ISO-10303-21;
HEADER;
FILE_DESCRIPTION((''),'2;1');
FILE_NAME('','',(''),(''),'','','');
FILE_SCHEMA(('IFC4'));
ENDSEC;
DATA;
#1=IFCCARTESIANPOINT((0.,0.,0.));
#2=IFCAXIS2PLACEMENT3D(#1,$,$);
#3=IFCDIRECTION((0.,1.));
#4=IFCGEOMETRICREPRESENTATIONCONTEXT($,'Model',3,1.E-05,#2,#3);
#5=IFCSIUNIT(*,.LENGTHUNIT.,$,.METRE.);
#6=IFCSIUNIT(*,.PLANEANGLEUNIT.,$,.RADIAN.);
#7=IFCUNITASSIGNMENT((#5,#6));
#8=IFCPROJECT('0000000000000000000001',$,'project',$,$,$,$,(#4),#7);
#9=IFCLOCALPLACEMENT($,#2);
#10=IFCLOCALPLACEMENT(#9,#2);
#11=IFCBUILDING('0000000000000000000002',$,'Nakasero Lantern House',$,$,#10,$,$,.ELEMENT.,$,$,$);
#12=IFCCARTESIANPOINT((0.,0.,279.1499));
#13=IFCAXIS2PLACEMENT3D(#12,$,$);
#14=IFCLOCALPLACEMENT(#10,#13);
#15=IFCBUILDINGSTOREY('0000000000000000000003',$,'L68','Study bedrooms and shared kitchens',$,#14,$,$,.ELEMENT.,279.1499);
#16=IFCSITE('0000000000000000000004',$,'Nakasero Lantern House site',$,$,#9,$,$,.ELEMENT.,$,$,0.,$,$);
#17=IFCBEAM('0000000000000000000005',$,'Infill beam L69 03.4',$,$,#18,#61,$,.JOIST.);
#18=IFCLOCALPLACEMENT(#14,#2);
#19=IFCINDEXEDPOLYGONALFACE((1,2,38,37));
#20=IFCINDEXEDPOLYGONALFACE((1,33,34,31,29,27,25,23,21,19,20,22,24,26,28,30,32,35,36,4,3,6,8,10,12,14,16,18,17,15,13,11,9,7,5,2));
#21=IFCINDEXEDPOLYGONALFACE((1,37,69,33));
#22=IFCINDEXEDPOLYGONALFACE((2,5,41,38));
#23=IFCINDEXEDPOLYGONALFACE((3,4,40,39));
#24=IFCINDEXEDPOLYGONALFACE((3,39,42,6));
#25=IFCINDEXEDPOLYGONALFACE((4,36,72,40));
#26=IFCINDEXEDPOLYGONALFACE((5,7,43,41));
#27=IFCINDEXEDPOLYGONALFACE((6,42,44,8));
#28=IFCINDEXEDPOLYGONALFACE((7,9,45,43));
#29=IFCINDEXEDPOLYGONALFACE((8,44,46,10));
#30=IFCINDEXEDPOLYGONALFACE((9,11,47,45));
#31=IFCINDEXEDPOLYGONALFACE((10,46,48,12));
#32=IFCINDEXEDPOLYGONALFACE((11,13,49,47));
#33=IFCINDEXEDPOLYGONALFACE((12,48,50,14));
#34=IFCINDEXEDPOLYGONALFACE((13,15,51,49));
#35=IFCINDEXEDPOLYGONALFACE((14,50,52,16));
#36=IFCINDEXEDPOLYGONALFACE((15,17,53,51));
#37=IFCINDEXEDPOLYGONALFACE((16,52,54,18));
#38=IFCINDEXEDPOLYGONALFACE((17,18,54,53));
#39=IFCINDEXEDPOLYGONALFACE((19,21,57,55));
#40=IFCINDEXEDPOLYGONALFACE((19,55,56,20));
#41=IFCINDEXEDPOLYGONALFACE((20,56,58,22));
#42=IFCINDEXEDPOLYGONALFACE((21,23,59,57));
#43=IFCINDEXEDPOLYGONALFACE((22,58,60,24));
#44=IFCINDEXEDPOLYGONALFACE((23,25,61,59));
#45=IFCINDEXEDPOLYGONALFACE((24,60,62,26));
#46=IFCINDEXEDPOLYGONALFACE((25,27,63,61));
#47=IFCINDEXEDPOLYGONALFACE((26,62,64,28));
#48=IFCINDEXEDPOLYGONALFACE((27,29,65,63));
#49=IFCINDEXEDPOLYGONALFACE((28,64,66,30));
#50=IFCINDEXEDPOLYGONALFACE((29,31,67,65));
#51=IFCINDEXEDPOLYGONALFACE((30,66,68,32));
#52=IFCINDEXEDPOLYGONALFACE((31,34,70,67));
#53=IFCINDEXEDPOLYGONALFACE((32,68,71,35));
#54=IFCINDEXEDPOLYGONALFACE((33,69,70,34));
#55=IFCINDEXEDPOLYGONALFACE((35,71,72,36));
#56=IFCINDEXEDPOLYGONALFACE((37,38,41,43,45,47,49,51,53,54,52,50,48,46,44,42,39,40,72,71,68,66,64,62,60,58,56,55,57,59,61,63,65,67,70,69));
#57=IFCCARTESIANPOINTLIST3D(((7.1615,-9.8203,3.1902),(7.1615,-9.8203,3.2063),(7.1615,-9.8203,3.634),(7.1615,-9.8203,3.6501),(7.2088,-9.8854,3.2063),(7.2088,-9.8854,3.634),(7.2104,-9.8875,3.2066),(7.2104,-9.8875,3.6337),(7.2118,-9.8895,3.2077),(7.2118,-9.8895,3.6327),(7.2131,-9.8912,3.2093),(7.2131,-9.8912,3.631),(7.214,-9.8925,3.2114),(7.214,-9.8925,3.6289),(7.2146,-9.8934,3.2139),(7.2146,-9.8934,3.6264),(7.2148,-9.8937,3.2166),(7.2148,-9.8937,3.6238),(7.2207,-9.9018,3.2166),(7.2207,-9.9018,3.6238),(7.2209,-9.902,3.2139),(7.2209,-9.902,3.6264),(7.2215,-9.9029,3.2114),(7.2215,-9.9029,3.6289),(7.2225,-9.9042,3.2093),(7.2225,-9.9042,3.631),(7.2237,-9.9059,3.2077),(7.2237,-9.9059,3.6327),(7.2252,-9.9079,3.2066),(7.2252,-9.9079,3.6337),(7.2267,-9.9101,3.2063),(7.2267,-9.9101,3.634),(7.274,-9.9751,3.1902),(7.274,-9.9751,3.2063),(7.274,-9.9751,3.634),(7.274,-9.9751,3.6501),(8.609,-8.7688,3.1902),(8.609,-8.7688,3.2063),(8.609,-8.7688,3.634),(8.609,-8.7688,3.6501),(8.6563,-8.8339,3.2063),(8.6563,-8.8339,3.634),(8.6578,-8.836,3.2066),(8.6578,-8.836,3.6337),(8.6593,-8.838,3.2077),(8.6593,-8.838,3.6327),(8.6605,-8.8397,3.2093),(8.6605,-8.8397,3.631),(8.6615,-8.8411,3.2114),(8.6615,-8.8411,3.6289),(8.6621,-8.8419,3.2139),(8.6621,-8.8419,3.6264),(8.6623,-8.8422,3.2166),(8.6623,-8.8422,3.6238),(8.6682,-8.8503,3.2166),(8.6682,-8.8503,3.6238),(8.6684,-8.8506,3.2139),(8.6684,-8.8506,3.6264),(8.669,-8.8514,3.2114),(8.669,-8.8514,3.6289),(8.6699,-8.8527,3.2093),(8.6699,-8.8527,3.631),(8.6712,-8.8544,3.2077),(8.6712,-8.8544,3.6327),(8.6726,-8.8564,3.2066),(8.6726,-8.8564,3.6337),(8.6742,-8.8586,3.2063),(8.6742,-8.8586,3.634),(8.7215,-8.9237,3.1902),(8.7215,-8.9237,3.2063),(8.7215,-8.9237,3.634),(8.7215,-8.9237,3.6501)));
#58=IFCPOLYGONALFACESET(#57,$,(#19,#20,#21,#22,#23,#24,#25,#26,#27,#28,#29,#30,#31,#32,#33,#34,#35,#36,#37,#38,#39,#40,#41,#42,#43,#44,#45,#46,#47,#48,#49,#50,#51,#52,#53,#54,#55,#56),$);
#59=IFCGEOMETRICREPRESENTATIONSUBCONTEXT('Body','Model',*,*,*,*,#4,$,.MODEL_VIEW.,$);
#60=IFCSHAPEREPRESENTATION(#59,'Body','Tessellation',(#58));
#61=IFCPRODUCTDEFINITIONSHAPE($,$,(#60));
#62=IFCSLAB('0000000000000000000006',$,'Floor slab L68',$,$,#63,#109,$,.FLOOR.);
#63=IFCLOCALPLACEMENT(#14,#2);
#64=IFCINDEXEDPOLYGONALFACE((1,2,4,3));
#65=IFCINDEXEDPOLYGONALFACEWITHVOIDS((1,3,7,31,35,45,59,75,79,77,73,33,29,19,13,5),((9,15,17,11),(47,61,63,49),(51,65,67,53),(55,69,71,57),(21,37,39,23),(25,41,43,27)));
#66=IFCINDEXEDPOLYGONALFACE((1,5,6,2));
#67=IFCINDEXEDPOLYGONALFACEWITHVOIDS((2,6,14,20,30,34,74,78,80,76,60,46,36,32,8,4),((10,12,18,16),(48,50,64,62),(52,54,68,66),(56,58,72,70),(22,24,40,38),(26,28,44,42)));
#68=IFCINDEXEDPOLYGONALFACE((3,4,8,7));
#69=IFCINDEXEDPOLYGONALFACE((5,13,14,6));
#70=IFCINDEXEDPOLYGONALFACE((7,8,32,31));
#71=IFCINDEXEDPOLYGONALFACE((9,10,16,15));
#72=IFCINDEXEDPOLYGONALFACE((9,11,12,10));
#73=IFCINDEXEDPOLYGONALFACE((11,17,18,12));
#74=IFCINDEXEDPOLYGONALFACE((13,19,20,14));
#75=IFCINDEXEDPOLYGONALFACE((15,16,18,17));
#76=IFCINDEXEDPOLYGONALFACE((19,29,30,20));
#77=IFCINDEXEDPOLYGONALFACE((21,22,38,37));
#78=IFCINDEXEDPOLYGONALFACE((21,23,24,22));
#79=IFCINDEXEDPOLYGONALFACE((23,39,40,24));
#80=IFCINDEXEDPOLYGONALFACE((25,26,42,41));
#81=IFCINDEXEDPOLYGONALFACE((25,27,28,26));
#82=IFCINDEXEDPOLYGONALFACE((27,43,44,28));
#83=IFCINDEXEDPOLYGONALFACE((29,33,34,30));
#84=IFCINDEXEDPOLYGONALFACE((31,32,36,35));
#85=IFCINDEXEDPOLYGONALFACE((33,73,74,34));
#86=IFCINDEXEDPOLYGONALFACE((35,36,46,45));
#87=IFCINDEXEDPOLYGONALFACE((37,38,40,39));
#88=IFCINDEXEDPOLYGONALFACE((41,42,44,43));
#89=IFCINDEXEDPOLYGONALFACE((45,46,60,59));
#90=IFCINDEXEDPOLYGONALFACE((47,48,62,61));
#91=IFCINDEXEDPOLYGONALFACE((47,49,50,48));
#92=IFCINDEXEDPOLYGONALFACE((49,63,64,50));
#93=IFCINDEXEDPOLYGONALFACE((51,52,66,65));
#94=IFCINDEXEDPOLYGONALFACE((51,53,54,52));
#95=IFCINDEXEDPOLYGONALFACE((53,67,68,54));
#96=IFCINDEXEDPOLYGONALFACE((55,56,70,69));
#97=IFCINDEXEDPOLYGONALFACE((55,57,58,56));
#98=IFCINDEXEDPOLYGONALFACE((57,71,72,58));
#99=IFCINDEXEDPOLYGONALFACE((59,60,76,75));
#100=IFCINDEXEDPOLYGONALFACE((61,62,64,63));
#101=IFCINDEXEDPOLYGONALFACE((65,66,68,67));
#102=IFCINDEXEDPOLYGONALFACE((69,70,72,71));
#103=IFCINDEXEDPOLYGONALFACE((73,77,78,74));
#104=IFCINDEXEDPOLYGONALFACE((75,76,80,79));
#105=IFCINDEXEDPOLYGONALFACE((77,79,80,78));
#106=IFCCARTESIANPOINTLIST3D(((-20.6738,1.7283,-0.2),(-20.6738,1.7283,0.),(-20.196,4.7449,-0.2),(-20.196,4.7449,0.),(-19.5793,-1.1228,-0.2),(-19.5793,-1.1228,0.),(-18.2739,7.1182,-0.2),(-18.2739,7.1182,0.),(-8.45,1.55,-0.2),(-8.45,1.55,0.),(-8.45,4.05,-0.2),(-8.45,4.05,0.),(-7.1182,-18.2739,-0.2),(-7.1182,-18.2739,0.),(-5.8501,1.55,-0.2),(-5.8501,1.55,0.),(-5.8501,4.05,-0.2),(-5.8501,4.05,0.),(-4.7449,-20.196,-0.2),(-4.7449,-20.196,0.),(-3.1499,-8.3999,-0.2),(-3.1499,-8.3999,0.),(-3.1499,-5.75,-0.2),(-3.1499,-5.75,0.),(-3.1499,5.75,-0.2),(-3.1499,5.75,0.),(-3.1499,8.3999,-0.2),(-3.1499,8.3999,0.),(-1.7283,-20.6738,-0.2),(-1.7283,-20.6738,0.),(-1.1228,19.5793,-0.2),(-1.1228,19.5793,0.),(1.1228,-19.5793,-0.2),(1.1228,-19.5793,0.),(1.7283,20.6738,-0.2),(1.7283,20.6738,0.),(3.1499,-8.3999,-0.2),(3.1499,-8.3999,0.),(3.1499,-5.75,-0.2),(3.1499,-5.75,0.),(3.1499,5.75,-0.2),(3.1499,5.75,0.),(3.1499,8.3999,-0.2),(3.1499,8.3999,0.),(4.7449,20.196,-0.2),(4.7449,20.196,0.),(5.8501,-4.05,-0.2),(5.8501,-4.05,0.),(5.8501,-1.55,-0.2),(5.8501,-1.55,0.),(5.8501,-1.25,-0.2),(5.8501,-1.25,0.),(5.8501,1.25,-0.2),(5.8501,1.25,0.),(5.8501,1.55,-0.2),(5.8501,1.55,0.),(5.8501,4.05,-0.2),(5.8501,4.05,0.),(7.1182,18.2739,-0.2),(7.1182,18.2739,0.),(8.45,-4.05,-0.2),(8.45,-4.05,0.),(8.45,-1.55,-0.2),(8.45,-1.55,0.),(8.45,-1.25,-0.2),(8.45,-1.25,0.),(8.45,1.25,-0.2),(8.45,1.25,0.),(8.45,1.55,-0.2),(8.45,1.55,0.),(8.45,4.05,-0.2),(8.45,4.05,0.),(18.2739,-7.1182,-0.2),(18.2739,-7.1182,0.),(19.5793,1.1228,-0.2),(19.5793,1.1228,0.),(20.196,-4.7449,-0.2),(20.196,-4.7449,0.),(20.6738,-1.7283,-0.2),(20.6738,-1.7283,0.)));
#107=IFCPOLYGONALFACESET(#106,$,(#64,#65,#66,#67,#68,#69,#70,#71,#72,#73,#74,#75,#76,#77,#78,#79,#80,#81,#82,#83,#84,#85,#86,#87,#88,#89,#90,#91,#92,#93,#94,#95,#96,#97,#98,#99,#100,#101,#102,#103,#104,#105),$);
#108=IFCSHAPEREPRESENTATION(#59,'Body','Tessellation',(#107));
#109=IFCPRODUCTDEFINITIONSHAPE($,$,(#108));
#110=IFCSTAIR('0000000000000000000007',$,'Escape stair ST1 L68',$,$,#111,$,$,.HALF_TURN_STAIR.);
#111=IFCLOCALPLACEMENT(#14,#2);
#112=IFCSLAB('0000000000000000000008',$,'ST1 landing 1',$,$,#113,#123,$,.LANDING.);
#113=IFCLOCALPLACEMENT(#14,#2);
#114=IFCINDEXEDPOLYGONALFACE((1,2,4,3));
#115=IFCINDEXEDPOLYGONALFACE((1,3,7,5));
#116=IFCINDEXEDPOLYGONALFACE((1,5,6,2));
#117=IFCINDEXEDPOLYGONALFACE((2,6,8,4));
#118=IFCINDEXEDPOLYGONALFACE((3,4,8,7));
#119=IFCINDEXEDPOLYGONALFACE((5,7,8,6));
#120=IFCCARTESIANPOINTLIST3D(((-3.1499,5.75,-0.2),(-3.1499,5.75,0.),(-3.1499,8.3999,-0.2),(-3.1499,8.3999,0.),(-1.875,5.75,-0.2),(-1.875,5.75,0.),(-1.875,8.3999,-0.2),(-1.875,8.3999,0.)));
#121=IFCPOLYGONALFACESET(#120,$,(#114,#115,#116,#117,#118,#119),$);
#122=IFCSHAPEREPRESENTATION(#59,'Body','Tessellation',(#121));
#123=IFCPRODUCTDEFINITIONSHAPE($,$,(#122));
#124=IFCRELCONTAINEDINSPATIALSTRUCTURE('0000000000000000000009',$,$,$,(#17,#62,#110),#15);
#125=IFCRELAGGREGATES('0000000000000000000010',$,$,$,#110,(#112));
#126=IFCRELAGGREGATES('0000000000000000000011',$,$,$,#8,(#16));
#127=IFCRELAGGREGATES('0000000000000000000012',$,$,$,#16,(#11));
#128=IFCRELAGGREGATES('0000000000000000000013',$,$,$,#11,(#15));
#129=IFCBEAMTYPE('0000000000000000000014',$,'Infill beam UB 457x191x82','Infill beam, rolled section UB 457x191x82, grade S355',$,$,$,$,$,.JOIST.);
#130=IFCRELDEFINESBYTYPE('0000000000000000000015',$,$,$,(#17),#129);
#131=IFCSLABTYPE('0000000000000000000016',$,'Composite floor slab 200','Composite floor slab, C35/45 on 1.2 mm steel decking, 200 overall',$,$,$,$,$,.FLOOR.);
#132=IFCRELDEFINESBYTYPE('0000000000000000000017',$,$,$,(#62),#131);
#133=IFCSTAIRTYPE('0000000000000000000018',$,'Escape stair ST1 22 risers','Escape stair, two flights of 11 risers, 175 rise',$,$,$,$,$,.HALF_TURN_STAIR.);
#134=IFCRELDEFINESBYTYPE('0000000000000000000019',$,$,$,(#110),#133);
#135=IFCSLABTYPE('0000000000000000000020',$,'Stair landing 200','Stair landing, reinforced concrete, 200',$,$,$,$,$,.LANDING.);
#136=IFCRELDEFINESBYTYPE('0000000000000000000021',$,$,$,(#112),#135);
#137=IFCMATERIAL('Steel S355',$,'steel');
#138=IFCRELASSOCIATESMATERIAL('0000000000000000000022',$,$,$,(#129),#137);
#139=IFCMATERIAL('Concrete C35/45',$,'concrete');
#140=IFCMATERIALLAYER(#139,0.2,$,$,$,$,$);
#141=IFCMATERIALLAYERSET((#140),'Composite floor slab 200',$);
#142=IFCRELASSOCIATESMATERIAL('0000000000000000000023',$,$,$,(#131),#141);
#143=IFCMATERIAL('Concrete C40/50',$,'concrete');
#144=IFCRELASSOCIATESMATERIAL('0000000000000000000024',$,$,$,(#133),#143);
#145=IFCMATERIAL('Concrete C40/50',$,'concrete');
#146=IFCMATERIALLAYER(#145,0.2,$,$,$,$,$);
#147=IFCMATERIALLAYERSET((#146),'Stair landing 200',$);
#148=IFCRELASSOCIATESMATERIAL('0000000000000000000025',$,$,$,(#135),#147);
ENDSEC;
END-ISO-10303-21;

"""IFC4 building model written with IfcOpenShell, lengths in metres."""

from ifc_helpers import new_model, si_unit, direction, frame, origin, origin_2d, place, context, subcontext, project, spatial, polyline, i_section, outline, extrude, material, layer, layer_set, material_profile, profile_set, type_object, element, aggregate, save


model = new_model("IFC4")

# Units and contexts
model_context = context("Model", 3, precision=1e-05, world=origin(), true_north=direction((0.0, 1.0)))
body_context = subcontext(model_context, "Body", "Model", "MODEL_VIEW")
ifc_project = project(units=[si_unit("LENGTHUNIT", "METRE"), si_unit("PLANEANGLEUNIT", "RADIAN")], contexts=[model_context])

# Site, building, storey
site_placement = place(None, origin())
site = spatial("IfcSite", under=ifc_project, at=site_placement, Name="Nakasero Lantern House site", CompositionType="ELEMENT", RefElevation=0.0)
building_placement = place(site_placement, origin())
building = spatial("IfcBuilding", under=site, at=building_placement, Name="Nakasero Lantern House", CompositionType="ELEMENT")
storey_placement = place(building_placement, frame((0.0, 0.0, 279.1499)))
storey = spatial("IfcBuildingStorey", under=building, at=storey_placement, Name="L68", Description="Study bedrooms and shared kitchens", CompositionType="ELEMENT", Elevation=279.1499)

# Beam
ifc_material_1 = material(Name="Steel S355", Category="steel")
ifc_material_profile = material_profile(ifc_material_1, i_section(OverallWidth=0.1914, OverallDepth=0.46, WebThickness=0.01, FlangeThickness=0.0161, FilletRadius=0.0103, at=origin_2d()), Name="UB 457x191x82")
ifc_profile_set = profile_set([ifc_material_profile], Name="Steel S355")
beam_type = type_object("IfcBeamType", Name="Infill beam UB 457x191x82", Description="Infill beam, rolled section UB 457x191x82, grade S355", PredefinedType="JOIST", material=ifc_profile_set)
beam_placement = place(storey_placement, frame((7.2178, -9.8977, 3.4202), z_axis=(0.809061, 0.587725, 0.0), x_axis=(-0.587725, 0.809061, 0.0)))
element("IfcBeam", 1, at=beam_placement, inside=storey, type_object=beam_type, Name="Infill beam L69 03.4", PredefinedType="JOIST", context=body_context, shape_type="SweptSolid", body=[
    extrude(i_section(OverallWidth=0.1914, OverallDepth=0.46, WebThickness=0.01, FlangeThickness=0.0161, FilletRadius=0.0103, at=origin_2d()), origin(), (0.0, 0.0, 1.0), 1.7891),
])

# Slab
ifc_material_2 = material(Name="Concrete C35/45", Category="concrete")
ifc_layer_1 = layer(ifc_material_2, 0.2)
ifc_layer_set_1 = layer_set([ifc_layer_1], Name="Composite floor slab 200")
slab_type_1 = type_object("IfcSlabType", Name="Composite floor slab 200", Description="Composite floor slab, C35/45 on 1.2 mm steel decking, 200 overall", PredefinedType="FLOOR", material=ifc_layer_set_1)
slab_1_placement = place(storey_placement, frame((0.0, 0.0, -0.2)))
element("IfcSlab", 2, at=slab_1_placement, inside=storey, type_object=slab_type_1, Name="Floor slab L68", PredefinedType="FLOOR", context=body_context, shape_type="SweptSolid", body=[
    extrude(outline(polyline([(7.1182, 18.2739), (4.7449, 20.196), (1.7283, 20.6738), (-1.1228, 19.5793), (-18.2739, 7.1182), (-20.196, 4.7449), (-20.6738, 1.7283), (-19.5793, -1.1228), (-7.1182, -18.2739), (-4.7449, -20.196), (-1.7283, -20.6738), (1.1228, -19.5793), (18.2739, -7.1182), (20.196, -4.7449), (20.6738, -1.7283), (19.5793, 1.1228), (7.1182, 18.2739)]), holes=[polyline([(-8.45, 1.55), (-5.8501, 1.55), (-5.8501, 4.05), (-8.45, 4.05), (-8.45, 1.55)]), polyline([(5.8501, -4.05), (8.45, -4.05), (8.45, -1.55), (5.8501, -1.55), (5.8501, -4.05)]), polyline([(5.8501, -1.25), (8.45, -1.25), (8.45, 1.25), (5.8501, 1.25), (5.8501, -1.25)]), polyline([(5.8501, 1.55), (8.45, 1.55), (8.45, 4.05), (5.8501, 4.05), (5.8501, 1.55)]), polyline([(-3.1499, 5.75), (3.1499, 5.75), (3.1499, 8.3999), (-3.1499, 8.3999), (-3.1499, 5.75)]), polyline([(-3.1499, -8.3999), (3.1499, -8.3999), (3.1499, -5.75), (-3.1499, -5.75), (-3.1499, -8.3999)])]), origin(), (0.0, 0.0, 1.0), 0.2),
])

# Stair, slab
ifc_material_3 = material(Name="Concrete C40/50", Category="concrete")
stair_type_1 = type_object("IfcStairType", Name="Escape stair ST1 22 risers", Description="Escape stair, two flights of 11 risers, 175 rise", PredefinedType="HALF_TURN_STAIR", material=ifc_material_3)
stair_1_placement = place(storey_placement, origin())
stair_1 = element("IfcStair", 3, at=stair_1_placement, inside=storey, type_object=stair_type_1, Name="Escape stair ST1 L68", PredefinedType="HALF_TURN_STAIR")
ifc_material_4 = material(Name="Concrete C40/50", Category="concrete")
ifc_layer_2 = layer(ifc_material_4, 0.2)
ifc_layer_set_2 = layer_set([ifc_layer_2], Name="Stair landing 200")
slab_type_2 = type_object("IfcSlabType", Name="Stair landing 200", Description="Stair landing, reinforced concrete, 200", PredefinedType="LANDING", material=ifc_layer_set_2)
slab_2_placement = place(storey_placement, frame((0.0, 0.0, -0.2)))
slab_2 = element("IfcSlab", 4, at=slab_2_placement, type_object=slab_type_2, Name="ST1 landing 1", PredefinedType="LANDING", context=body_context, shape_type="SweptSolid", body=[
    extrude(outline(polyline([(-3.1499, 5.75), (-1.875, 5.75), (-1.875, 8.3999), (-3.1499, 8.3999), (-3.1499, 5.75)])), origin(), (0.0, 0.0, 1.0), 0.2),
])
aggregate(stair_1, [slab_2])

save(model, "model.ifc")
